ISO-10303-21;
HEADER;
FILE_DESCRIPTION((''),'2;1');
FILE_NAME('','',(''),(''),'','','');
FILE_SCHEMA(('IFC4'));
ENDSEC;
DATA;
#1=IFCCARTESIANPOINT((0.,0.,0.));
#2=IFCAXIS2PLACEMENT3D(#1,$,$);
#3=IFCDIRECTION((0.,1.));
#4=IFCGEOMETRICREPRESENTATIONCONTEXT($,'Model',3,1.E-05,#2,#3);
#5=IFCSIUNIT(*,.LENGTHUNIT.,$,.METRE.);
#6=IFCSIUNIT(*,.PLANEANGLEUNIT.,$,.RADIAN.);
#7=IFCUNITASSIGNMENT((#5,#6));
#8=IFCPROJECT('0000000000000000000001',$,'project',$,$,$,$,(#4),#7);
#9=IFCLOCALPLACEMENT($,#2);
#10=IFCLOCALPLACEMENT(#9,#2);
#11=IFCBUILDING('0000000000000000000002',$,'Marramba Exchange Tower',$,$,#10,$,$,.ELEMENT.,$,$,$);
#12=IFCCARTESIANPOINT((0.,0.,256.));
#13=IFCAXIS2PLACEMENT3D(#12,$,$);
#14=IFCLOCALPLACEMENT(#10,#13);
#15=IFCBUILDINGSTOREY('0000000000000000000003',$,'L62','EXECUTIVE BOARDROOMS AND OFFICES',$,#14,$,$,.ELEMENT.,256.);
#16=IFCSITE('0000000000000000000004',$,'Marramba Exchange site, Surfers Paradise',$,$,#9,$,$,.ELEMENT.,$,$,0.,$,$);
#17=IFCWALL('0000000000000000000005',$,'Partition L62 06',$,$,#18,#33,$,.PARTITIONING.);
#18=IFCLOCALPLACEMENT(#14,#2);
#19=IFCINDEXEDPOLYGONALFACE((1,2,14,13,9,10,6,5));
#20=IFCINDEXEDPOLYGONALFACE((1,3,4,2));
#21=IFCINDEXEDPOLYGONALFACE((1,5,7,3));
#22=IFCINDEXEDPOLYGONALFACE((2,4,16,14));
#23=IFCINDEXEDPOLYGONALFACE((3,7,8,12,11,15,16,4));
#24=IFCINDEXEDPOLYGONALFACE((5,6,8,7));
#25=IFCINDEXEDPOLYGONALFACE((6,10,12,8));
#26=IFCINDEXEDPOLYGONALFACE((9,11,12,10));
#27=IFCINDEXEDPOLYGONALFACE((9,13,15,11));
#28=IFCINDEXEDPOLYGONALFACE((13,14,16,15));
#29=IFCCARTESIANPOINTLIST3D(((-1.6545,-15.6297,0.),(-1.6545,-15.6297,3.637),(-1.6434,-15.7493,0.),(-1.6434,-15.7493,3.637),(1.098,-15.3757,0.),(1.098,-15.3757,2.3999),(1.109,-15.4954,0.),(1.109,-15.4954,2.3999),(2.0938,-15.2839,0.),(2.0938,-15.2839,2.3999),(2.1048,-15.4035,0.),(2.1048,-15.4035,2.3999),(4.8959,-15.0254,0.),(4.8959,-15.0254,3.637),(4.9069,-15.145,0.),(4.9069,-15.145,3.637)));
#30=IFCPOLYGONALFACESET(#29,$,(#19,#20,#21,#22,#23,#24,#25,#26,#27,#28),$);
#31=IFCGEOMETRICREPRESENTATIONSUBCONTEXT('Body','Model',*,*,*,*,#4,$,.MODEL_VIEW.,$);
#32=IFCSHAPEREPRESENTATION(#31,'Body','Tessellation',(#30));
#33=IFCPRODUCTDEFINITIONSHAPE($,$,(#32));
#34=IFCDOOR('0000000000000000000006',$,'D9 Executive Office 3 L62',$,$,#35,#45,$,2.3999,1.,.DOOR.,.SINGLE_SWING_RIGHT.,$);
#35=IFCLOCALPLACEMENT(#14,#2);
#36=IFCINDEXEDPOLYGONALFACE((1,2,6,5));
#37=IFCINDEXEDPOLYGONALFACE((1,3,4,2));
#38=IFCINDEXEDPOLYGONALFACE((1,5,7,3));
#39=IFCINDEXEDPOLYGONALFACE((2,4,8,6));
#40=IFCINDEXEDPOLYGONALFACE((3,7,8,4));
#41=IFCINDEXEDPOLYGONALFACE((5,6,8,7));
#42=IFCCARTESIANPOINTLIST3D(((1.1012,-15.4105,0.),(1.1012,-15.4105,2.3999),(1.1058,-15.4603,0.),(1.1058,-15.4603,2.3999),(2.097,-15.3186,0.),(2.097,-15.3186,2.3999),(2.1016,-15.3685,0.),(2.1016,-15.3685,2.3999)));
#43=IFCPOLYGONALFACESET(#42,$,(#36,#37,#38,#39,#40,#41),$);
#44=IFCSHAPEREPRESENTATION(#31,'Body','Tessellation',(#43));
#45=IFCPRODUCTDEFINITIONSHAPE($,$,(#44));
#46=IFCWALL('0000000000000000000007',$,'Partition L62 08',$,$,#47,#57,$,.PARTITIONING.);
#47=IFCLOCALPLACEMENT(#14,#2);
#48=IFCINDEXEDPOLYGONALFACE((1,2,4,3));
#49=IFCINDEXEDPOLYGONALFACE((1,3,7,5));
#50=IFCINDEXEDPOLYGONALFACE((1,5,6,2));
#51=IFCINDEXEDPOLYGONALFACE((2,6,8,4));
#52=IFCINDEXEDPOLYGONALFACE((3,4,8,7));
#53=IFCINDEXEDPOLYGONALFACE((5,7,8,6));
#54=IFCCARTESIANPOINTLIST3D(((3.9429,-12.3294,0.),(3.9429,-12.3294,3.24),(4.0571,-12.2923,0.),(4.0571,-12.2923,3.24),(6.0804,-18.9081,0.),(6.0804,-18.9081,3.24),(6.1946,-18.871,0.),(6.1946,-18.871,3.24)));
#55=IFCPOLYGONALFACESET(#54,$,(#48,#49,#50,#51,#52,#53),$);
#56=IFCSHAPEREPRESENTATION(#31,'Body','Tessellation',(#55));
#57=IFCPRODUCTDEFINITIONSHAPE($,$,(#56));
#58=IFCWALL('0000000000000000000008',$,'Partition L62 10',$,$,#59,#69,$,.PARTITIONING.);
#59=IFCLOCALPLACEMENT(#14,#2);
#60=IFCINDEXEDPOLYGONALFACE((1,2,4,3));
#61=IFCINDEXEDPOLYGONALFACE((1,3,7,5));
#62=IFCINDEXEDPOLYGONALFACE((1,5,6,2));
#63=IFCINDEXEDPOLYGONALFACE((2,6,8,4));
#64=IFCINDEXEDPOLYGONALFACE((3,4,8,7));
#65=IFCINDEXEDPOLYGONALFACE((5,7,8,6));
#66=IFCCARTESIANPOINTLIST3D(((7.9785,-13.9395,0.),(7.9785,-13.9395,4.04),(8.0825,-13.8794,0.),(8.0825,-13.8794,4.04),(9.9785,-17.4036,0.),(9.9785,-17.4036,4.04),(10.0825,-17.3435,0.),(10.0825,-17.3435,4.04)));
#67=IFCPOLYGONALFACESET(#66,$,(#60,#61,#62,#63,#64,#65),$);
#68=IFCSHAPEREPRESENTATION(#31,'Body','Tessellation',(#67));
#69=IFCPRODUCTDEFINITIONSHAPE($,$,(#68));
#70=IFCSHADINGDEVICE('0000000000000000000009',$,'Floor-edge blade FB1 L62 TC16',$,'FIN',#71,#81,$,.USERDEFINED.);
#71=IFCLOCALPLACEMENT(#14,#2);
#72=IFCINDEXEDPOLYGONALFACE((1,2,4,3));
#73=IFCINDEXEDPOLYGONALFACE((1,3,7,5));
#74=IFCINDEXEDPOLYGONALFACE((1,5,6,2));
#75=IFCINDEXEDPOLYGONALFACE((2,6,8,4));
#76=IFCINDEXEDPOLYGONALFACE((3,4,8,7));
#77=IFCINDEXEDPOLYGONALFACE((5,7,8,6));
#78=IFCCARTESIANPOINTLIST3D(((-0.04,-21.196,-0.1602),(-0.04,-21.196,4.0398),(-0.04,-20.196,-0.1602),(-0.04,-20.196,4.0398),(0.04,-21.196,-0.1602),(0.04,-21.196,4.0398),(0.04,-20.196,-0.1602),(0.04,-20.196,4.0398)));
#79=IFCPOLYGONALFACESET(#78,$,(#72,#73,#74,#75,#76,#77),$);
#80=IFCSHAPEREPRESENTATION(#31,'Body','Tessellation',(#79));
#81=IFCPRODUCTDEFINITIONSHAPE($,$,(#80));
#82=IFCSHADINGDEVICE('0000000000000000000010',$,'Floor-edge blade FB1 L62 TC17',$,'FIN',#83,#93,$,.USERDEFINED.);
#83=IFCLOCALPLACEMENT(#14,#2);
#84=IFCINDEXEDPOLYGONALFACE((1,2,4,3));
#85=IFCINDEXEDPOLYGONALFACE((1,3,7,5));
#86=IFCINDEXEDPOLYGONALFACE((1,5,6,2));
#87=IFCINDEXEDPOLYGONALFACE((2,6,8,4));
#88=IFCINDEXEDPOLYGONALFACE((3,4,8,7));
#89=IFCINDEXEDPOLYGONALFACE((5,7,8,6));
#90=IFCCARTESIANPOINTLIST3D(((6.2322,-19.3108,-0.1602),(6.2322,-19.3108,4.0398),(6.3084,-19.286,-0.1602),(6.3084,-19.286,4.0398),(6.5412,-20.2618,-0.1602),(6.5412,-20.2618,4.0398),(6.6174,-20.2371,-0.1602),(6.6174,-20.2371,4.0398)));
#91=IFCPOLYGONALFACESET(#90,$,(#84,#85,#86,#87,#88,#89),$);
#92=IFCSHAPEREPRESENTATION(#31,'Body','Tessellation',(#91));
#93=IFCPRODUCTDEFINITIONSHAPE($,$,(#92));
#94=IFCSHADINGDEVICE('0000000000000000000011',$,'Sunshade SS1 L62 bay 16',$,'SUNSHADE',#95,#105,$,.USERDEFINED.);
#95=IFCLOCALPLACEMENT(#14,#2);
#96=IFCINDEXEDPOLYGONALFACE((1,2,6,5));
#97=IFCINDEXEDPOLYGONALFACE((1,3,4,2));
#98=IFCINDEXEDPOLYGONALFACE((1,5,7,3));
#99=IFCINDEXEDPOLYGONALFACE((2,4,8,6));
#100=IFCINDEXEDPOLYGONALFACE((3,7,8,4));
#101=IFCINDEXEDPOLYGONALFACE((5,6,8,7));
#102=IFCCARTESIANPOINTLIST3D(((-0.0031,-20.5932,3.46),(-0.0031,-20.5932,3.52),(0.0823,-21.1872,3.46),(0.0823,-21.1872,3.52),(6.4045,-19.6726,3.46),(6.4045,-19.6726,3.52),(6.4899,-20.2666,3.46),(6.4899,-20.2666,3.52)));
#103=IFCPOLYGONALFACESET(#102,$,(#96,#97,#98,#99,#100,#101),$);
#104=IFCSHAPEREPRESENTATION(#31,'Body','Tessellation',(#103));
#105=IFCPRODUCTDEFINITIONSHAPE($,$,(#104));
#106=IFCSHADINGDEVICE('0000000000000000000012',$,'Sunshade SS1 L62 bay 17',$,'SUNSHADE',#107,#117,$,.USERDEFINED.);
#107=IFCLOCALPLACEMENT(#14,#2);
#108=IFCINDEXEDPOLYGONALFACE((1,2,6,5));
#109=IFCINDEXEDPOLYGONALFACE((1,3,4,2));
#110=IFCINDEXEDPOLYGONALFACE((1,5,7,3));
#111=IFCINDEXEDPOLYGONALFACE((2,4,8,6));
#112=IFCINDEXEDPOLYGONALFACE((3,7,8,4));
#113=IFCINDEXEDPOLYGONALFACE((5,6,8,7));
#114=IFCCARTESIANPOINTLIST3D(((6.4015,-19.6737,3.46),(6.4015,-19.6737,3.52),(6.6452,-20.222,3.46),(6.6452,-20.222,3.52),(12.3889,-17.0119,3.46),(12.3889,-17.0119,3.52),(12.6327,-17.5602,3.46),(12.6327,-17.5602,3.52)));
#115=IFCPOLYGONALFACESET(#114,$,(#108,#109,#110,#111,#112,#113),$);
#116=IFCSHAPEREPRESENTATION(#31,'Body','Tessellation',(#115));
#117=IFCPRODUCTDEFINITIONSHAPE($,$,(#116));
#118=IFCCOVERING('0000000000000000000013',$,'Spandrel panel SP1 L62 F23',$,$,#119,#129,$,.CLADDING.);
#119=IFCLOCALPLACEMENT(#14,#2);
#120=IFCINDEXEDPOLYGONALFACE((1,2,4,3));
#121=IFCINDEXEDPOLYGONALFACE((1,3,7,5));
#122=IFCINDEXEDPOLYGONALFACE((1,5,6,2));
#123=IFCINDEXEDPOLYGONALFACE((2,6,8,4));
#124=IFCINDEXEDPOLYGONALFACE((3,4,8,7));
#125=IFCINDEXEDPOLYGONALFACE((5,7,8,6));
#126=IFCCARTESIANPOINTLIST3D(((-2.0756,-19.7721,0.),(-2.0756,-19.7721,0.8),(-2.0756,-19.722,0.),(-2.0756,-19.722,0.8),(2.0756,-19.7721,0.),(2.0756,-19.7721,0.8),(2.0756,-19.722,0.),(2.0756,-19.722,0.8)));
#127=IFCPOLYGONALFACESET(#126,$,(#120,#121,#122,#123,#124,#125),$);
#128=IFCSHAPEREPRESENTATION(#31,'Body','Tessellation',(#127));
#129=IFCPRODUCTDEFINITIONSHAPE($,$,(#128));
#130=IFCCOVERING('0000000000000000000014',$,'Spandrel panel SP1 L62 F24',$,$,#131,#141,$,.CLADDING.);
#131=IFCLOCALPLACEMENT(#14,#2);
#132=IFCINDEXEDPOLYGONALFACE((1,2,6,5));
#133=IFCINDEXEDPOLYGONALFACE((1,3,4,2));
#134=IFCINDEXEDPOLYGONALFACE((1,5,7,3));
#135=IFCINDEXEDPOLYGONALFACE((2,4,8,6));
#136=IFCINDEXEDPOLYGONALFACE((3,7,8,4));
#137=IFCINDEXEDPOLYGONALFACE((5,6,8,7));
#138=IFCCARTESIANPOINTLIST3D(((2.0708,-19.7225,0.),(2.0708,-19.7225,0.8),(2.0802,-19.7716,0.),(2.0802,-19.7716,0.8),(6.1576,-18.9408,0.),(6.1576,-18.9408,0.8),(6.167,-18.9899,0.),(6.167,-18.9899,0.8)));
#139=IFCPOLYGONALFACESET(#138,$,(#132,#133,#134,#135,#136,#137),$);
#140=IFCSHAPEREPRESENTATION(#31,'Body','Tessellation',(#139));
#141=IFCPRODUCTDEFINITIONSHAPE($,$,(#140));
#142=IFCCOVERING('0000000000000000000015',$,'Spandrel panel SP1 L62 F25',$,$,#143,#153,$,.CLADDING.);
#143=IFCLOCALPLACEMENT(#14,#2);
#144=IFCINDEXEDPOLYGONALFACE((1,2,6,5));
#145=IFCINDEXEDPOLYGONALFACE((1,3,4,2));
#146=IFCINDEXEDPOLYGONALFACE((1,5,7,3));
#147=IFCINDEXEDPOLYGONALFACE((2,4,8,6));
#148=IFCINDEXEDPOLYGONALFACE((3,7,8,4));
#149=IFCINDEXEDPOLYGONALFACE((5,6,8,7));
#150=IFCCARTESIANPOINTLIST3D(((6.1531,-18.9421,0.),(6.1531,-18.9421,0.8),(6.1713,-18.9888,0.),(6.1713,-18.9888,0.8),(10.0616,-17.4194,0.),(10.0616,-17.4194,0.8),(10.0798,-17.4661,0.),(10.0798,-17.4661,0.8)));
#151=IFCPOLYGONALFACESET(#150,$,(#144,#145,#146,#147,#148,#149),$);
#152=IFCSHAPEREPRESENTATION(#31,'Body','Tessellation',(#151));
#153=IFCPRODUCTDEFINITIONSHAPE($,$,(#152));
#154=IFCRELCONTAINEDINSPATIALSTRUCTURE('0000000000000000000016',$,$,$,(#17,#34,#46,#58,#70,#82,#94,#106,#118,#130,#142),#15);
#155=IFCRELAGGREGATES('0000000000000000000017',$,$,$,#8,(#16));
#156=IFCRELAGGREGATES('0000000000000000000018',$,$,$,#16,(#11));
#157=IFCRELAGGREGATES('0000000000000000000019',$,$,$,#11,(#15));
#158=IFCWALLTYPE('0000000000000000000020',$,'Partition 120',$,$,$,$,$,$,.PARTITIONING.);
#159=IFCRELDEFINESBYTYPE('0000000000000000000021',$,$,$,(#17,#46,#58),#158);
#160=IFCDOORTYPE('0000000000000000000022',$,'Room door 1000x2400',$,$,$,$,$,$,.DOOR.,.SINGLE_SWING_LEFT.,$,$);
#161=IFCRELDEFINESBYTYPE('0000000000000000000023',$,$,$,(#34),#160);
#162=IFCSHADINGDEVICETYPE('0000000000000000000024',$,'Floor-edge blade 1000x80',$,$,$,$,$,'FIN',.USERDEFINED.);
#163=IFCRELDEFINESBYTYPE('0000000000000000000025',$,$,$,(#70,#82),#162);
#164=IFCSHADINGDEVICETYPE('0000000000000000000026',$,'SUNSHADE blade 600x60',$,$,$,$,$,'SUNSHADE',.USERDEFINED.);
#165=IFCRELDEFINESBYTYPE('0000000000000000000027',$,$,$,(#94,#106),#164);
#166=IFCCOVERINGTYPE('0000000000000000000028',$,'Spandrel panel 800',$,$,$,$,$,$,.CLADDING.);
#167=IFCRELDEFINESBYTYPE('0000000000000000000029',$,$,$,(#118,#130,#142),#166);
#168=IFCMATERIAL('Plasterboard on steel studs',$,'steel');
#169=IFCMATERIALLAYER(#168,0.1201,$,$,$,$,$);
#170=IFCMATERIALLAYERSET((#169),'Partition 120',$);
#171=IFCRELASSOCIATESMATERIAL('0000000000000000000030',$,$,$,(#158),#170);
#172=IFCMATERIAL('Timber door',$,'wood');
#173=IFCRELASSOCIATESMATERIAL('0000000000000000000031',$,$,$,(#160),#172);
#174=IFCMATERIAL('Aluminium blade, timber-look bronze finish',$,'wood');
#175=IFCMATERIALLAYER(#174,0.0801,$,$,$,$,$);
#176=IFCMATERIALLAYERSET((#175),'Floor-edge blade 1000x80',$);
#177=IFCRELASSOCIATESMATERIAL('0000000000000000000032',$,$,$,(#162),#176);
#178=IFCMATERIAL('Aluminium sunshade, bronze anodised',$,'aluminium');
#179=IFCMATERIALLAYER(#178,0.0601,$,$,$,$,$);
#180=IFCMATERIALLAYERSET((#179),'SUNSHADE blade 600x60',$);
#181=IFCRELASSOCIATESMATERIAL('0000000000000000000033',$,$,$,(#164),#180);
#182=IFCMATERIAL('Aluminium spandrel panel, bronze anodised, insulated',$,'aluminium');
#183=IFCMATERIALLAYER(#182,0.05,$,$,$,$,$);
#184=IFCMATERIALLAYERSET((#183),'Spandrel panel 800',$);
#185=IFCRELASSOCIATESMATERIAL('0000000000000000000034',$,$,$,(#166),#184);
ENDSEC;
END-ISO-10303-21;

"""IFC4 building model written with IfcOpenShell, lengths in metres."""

from ifc_helpers import new_model, si_unit, direction, frame, frame_2d, origin, origin_2d, place, context, subcontext, project, spatial, rectangle, extrude, material, layer, layer_set, type_object, element, fill, save


model = new_model("IFC4")

# Units and contexts
model_context = context("Model", 3, precision=1e-05, world=origin(), true_north=direction((0.0, 1.0)))
body_context = subcontext(model_context, "Body", "Model", "MODEL_VIEW")
ifc_project = project(units=[si_unit("LENGTHUNIT", "METRE"), si_unit("PLANEANGLEUNIT", "RADIAN")], contexts=[model_context])

# Site, building, storey
site_placement = place(None, origin())
site = spatial("IfcSite", under=ifc_project, at=site_placement, Name="Marramba Exchange site, Surfers Paradise", CompositionType="ELEMENT", RefElevation=0.0)
building_placement = place(site_placement, origin())
building = spatial("IfcBuilding", under=site, at=building_placement, Name="Marramba Exchange Tower", CompositionType="ELEMENT")
storey_placement = place(building_placement, frame((0.0, 0.0, 256.0)))
storey = spatial("IfcBuildingStorey", under=building, at=storey_placement, Name="L62", Description="EXECUTIVE BOARDROOMS AND OFFICES", CompositionType="ELEMENT", Elevation=256.0)

# Wall, opening, door
ifc_material_1 = material(Name="Plasterboard on steel studs", Category="steel")
ifc_layer_1 = layer(ifc_material_1, 0.1201)
ifc_layer_set_1 = layer_set([ifc_layer_1], Name="Partition 120")
wall_type = type_object("IfcWallType", Name="Partition 120", PredefinedType="PARTITIONING", material=ifc_layer_set_1)
wall_1_placement = place(storey_placement, frame((4.9014, -15.0852, 0.0), z_axis=(0.0, 0.0, 1.0), x_axis=(-0.995772, -0.091857, 0.0)))
wall_1 = element("IfcWall", 1, at=wall_1_placement, inside=storey, type_object=wall_type, Name="Partition L62 06", PredefinedType="PARTITIONING", context=body_context, shape_type="SweptSolid", body=[
    extrude(rectangle(XDim=6.5781, YDim=0.1201, at=frame_2d((3.2891, 0.0))), origin(), (0.0, 0.0, 1.0), 3.637),
])
opening_placement = place(wall_1_placement, frame((2.814, 0.0, 0.0)))
opening = element("IfcOpeningElement", 2, at=opening_placement, cuts=wall_1, PredefinedType="OPENING", context=body_context, shape_type="SweptSolid", body=[
    extrude(rectangle(XDim=1.0, YDim=2.3999, at=frame_2d((0.5, 1.2))), frame((0.0, 0.0701, 0.0), z_axis=(0.0, -1.0, 0.0), x_axis=(1.0, 0.0, 0.0)), (0.0, 0.0, 1.0), 0.1401),
])
ifc_material_2 = material(Name="Timber door", Category="wood")
door_type = type_object("IfcDoorType", Name="Room door 1000x2400", OperationType="SINGLE_SWING_LEFT", PredefinedType="DOOR", material=ifc_material_2)
door_placement = place(opening_placement, origin())
door = element("IfcDoor", 3, at=door_placement, inside=storey, type_object=door_type, Name="D9 Executive Office 3 L62", OperationType="SINGLE_SWING_RIGHT", OverallHeight=2.3999, OverallWidth=1.0, PredefinedType="DOOR", context=body_context, shape_type="SweptSolid", body=[
    extrude(rectangle(XDim=1.0, YDim=2.3999, at=frame_2d((0.5, 1.2))), frame((0.0, 0.0249, 0.0), z_axis=(0.0, -1.0, 0.0), x_axis=(1.0, 0.0, 0.0)), (0.0, 0.0, 1.0), 0.05),
])
fill(opening, door)

# Walls
wall_2_placement = place(storey_placement, frame((6.1375, -18.8894, 0.0), z_axis=(0.0, 0.0, 1.0), x_axis=(-0.309008, 0.951059, 0.0)))
element("IfcWall", 4, at=wall_2_placement, inside=storey, type_object=wall_type, Name="Partition L62 08", PredefinedType="PARTITIONING", context=body_context, shape_type="SweptSolid", body=[
    extrude(rectangle(XDim=6.9172, YDim=0.1201, at=frame_2d((3.4585, 0.0))), origin(), (0.0, 0.0, 1.0), 3.24),
])
wall_3_placement = place(storey_placement, frame((8.0305, -13.9094, 0.0), z_axis=(0.0, 0.0, 1.0), x_axis=(0.499999, -0.866026, 0.0)))
element("IfcWall", 5, at=wall_3_placement, inside=storey, type_object=wall_type, Name="Partition L62 10", PredefinedType="PARTITIONING", context=body_context, shape_type="SweptSolid", body=[
    extrude(rectangle(XDim=4.0, YDim=0.1201, at=frame_2d((2.0, 0.0))), origin(), (0.0, 0.0, 1.0), 4.04),
])

# Shading devices
ifc_material_3 = material(Name="Aluminium blade, timber-look bronze finish", Category="wood")
ifc_layer_2 = layer(ifc_material_3, 0.0801)
ifc_layer_set_2 = layer_set([ifc_layer_2], Name="Floor-edge blade 1000x80")
shading_device_type_1 = type_object("IfcShadingDeviceType", Name="Floor-edge blade 1000x80", ElementType="FIN", PredefinedType="USERDEFINED", material=ifc_layer_set_2)
for number, where, z_axis, x_axis, name in (
    (6, (0.0, -20.696, -0.1602), (0.0, 0.0, 1.0), (0.0, -1.0, 0.0), "Floor-edge blade FB1 L62 TC16"),
    (7, (6.4248, -19.7739, -0.1602), (0.0, 0.0, 1.0), (0.309017, -0.951057, 0.0), "Floor-edge blade FB1 L62 TC17"),
):
    element("IfcShadingDevice", number, at=place(storey_placement, frame(where, z_axis=z_axis, x_axis=x_axis)), inside=storey, type_object=shading_device_type_1, Name=name, ObjectType="FIN", PredefinedType="USERDEFINED", context=body_context, shape_type="SweptSolid", body=[
        extrude(rectangle(XDim=1.0, YDim=0.0801, at=origin_2d()), origin(), (0.0, 0.0, 1.0), 4.2),
    ])
ifc_material_4 = material(Name="Aluminium sunshade, bronze anodised", Category="aluminium")
ifc_layer_3 = layer(ifc_material_4, 0.0601)
ifc_layer_set_3 = layer_set([ifc_layer_3], Name="SUNSHADE blade 600x60")
shading_device_type_2 = type_object("IfcShadingDeviceType", Name="SUNSHADE blade 600x60", ElementType="SUNSHADE", PredefinedType="USERDEFINED", material=ifc_layer_set_3)
shading_device_1_placement = place(storey_placement, frame((3.2434, -20.4299, 3.46), z_axis=(0.0, 0.0, 1.0), x_axis=(0.989837, 0.14221, 0.0)))
element("IfcShadingDevice", 8, at=shading_device_1_placement, inside=storey, type_object=shading_device_type_2, Name="Sunshade SS1 L62 bay 16", ObjectType="SUNSHADE", PredefinedType="USERDEFINED", context=body_context, shape_type="SweptSolid", body=[
    extrude(rectangle(XDim=6.4734, YDim=0.6001, at=origin_2d()), origin(), (0.0, 0.0, 1.0), 0.0601),
])
shading_device_2_placement = place(storey_placement, frame((9.5171, -18.6169, 3.46), z_axis=(0.0, 0.0, 1.0), x_axis=(0.913771, 0.406229, 0.0)))
element("IfcShadingDevice", 9, at=shading_device_2_placement, inside=storey, type_object=shading_device_type_2, Name="Sunshade SS1 L62 bay 17", ObjectType="SUNSHADE", PredefinedType="USERDEFINED", context=body_context, shape_type="SweptSolid", body=[
    extrude(rectangle(XDim=6.5525, YDim=0.6001, at=origin_2d()), origin(), (0.0, 0.0, 1.0), 0.0601),
])

# Coverings
ifc_material_5 = material(Name="Aluminium spandrel panel, bronze anodised, insulated", Category="aluminium")
ifc_layer_4 = layer(ifc_material_5, 0.05)
ifc_layer_set_4 = layer_set([ifc_layer_4], Name="Spandrel panel 800")
covering_type = type_object("IfcCoveringType", Name="Spandrel panel 800", PredefinedType="CLADDING", material=ifc_layer_set_4)
covering_1_placement = place(storey_placement, frame((0.0, -19.7471, 0.0), z_axis=(0.0, 0.0, 1.0), x_axis=(1.0, 0.0, 0.0)))
element("IfcCovering", 10, at=covering_1_placement, inside=storey, type_object=covering_type, Name="Spandrel panel SP1 L62 F23", PredefinedType="CLADDING", context=body_context, shape_type="SweptSolid", body=[
    extrude(rectangle(XDim=4.1511, YDim=0.05, at=origin_2d()), origin(), (0.0, 0.0, 1.0), 0.8),
])
covering_2_placement = place(storey_placement, frame((4.1189, -19.3562, 0.0), z_axis=(0.0, 0.0, 1.0), x_axis=(0.982193, 0.187873, 0.0)))
element("IfcCovering", 11, at=covering_2_placement, inside=storey, type_object=covering_type, Name="Spandrel panel SP1 L62 F24", PredefinedType="CLADDING", context=body_context, shape_type="SweptSolid", body=[
    extrude(rectangle(XDim=4.1609, YDim=0.05, at=origin_2d()), origin(), (0.0, 0.0, 1.0), 0.8),
])
covering_3_placement = place(storey_placement, frame((8.1165, -18.2041, 0.0), z_axis=(0.0, 0.0, 1.0), x_axis=(0.931785, 0.36301, 0.0)))
element("IfcCovering", 12, at=covering_3_placement, inside=storey, type_object=covering_type, Name="Spandrel panel SP1 L62 F25", PredefinedType="CLADDING", context=body_context, shape_type="SweptSolid", body=[
    extrude(rectangle(XDim=4.1946, YDim=0.05, at=origin_2d()), origin(), (0.0, 0.0, 1.0), 0.8),
])

save(model, "model.ifc")
